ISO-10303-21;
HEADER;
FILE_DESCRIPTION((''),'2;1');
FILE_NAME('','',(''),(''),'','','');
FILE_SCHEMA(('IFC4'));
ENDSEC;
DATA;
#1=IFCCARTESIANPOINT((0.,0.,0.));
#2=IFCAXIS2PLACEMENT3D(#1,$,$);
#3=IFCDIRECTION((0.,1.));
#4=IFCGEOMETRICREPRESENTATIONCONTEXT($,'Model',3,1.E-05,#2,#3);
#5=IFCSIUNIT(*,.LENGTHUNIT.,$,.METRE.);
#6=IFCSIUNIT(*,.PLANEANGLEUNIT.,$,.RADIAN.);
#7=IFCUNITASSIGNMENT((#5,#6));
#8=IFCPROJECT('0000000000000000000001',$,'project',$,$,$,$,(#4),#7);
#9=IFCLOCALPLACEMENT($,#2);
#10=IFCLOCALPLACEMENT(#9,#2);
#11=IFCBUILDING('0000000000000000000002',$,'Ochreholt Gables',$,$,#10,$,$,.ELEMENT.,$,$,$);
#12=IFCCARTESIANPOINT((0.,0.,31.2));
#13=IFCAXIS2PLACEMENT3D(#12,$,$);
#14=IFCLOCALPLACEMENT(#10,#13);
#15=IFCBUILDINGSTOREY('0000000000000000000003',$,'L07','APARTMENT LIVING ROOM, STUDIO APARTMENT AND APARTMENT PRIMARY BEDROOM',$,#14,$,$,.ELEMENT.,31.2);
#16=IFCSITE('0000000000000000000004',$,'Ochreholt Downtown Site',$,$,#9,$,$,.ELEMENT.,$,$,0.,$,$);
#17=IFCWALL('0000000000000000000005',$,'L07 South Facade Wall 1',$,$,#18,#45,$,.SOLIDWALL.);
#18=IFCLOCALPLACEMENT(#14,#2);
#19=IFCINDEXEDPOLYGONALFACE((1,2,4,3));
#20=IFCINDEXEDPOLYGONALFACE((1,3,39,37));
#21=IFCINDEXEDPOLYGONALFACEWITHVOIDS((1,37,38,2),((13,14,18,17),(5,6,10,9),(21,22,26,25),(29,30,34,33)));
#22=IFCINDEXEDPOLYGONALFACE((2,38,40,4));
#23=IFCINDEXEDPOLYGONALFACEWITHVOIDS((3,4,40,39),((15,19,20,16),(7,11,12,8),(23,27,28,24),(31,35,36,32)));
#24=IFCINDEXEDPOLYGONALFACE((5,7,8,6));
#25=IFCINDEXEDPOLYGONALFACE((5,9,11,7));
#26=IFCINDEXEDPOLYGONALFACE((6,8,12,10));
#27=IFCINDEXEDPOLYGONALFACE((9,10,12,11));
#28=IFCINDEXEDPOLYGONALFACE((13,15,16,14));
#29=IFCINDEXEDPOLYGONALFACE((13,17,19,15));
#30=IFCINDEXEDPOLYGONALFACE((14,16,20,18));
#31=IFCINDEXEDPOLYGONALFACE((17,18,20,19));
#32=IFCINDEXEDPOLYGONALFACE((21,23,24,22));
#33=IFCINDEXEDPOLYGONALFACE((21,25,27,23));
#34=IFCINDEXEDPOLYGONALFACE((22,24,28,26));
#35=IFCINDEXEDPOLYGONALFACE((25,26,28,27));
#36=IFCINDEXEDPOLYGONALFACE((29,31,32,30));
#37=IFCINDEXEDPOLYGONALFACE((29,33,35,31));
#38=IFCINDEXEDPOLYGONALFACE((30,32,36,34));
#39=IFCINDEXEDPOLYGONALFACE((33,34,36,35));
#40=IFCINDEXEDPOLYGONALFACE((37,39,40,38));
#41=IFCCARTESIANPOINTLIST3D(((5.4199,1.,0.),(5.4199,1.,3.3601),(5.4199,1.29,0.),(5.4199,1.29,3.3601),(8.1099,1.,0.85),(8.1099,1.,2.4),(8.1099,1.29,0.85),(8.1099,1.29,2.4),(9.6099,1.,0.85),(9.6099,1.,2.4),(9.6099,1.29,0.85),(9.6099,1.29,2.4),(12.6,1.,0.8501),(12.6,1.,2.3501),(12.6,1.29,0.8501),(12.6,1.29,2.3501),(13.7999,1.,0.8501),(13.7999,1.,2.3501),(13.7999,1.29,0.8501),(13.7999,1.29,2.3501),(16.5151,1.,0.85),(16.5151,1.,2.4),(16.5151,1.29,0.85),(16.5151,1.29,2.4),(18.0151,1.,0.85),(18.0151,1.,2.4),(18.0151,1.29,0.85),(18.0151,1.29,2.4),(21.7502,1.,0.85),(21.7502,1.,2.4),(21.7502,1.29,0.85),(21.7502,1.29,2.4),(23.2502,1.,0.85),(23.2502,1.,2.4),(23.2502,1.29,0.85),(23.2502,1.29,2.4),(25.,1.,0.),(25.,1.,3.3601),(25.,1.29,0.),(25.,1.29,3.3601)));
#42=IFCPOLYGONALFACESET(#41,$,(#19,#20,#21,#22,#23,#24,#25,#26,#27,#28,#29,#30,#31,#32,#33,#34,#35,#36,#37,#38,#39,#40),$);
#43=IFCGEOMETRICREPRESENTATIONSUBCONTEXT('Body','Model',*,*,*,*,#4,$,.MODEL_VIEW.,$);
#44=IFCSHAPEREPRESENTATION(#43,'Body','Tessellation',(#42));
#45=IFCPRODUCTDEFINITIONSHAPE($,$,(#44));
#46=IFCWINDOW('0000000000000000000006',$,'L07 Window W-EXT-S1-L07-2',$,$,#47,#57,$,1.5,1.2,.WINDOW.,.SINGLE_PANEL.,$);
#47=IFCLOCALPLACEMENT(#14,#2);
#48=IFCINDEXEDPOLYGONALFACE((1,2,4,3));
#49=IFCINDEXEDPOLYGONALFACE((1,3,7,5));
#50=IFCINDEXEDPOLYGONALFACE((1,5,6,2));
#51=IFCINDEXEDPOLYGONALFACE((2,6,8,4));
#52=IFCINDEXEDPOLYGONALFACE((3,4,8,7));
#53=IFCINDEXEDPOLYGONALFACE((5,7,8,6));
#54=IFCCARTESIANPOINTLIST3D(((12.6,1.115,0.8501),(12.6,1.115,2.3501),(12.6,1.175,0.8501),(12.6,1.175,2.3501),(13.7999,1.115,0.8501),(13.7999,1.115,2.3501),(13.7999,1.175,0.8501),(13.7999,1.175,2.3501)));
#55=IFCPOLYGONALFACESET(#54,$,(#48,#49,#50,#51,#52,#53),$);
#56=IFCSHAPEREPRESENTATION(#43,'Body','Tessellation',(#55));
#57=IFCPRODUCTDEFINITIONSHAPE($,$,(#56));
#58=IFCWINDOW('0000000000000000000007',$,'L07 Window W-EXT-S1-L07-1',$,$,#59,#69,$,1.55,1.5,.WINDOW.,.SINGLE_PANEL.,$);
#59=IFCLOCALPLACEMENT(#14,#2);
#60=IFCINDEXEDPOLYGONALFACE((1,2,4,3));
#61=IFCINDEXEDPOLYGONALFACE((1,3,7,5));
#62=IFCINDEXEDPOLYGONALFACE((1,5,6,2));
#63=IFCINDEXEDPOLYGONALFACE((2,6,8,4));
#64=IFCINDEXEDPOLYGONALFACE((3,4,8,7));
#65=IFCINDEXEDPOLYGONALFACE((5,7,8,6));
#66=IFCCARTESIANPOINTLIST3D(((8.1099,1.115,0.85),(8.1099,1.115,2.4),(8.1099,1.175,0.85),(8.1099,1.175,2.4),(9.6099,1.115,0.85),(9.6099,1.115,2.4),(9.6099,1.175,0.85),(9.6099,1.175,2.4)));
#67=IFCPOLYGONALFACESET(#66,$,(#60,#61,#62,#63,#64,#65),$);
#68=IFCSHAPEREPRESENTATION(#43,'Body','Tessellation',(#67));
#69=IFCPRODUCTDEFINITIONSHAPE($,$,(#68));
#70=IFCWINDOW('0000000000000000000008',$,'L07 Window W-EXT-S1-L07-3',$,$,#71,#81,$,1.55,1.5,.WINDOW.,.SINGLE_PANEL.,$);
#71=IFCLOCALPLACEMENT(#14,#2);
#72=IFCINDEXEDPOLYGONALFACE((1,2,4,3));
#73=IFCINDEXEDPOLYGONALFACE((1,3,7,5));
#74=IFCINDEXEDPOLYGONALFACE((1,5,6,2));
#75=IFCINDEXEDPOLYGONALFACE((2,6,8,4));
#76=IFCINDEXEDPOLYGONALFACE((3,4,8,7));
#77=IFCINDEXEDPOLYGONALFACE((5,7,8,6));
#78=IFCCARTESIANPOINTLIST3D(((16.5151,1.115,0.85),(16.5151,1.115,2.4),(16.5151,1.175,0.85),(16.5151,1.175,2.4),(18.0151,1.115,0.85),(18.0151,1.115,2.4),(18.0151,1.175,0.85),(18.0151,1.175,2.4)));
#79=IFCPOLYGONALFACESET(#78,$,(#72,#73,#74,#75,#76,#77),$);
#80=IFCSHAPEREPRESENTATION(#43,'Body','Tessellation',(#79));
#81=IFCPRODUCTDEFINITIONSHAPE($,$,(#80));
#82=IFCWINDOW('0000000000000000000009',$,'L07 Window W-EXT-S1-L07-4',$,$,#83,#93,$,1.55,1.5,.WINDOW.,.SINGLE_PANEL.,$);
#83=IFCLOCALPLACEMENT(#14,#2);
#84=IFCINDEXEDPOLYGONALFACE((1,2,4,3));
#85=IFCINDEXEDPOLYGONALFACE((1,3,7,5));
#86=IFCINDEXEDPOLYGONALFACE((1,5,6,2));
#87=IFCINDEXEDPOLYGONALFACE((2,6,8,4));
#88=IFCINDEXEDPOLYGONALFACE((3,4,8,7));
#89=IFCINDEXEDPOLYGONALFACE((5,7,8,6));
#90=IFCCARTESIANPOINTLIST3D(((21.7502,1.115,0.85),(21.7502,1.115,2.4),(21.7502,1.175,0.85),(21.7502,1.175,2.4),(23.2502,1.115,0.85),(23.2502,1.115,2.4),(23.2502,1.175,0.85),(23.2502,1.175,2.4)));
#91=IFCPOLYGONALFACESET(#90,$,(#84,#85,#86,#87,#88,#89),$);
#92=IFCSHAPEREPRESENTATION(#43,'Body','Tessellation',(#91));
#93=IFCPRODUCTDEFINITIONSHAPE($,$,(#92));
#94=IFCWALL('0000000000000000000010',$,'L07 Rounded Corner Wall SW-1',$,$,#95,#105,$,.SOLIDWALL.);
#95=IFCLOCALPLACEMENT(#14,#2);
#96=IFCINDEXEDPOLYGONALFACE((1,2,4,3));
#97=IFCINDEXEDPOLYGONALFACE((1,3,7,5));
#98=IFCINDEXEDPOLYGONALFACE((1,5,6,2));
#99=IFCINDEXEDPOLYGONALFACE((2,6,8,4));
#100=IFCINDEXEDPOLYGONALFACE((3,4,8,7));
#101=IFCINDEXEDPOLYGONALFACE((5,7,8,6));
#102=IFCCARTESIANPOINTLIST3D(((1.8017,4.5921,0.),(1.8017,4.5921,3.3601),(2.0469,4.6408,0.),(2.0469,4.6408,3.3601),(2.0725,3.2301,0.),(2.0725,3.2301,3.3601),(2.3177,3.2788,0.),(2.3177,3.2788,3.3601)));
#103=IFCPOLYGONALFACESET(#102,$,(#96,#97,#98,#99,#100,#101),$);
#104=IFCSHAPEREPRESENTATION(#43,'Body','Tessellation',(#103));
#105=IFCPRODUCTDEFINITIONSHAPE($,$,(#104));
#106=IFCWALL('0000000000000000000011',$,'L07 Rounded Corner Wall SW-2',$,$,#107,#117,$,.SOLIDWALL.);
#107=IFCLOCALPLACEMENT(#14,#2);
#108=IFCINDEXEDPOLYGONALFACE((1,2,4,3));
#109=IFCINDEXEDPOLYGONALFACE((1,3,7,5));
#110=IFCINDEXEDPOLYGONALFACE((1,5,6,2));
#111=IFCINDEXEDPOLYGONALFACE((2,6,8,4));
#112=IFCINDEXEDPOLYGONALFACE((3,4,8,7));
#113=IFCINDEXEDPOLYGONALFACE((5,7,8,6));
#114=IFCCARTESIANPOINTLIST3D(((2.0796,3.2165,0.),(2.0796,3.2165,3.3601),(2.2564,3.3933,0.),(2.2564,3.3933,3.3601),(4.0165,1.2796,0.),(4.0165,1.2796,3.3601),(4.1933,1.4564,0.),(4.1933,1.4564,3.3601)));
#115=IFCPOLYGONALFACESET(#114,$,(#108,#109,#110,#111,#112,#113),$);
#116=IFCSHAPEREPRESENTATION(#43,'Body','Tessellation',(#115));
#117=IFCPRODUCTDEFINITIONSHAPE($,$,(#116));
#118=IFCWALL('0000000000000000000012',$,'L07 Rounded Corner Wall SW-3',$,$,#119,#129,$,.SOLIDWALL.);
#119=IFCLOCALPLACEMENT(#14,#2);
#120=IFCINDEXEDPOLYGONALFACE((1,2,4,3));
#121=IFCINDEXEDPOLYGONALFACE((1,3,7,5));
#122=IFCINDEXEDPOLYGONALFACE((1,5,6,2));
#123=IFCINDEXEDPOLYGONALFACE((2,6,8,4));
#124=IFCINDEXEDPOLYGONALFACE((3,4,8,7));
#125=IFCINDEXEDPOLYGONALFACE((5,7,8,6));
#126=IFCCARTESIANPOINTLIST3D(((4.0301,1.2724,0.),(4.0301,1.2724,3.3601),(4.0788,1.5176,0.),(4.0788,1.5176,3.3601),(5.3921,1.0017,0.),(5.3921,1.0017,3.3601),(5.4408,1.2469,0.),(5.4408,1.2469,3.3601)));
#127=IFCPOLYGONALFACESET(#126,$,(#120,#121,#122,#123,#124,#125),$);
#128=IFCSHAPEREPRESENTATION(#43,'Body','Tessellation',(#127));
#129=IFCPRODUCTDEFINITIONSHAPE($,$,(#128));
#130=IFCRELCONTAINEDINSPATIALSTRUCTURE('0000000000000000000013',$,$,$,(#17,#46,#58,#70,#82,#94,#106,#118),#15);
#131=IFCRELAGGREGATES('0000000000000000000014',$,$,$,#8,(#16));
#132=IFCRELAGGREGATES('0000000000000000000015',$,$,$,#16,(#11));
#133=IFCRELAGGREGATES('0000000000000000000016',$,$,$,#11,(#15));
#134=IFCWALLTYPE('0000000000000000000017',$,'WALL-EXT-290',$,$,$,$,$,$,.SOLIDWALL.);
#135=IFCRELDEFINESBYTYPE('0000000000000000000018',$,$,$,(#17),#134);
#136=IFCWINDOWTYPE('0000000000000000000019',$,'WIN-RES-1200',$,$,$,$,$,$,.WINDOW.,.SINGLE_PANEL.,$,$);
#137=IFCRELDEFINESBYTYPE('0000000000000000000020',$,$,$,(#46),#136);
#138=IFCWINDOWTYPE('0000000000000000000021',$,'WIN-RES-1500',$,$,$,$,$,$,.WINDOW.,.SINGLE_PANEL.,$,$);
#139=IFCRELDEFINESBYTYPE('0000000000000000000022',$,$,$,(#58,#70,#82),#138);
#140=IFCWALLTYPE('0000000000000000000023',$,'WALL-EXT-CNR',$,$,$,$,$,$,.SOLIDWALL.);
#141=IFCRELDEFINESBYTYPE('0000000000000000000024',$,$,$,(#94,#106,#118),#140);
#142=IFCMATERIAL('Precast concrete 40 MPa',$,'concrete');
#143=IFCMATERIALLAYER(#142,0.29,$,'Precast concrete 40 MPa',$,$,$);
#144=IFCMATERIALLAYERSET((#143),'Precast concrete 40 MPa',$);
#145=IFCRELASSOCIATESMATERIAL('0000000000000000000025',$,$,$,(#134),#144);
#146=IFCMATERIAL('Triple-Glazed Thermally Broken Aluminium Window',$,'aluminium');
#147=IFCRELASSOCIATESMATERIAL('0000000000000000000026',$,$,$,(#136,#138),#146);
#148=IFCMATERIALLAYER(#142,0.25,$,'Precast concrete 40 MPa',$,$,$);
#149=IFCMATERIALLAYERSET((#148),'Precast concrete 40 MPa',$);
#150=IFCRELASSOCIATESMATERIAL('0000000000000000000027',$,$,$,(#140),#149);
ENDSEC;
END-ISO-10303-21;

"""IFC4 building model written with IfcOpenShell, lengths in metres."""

from ifc_helpers import new_model, si_unit, direction, frame, frame_2d, origin, place, context, subcontext, project, spatial, rectangle, extrude, material, layer, layer_set, type_object, element, fill, save


model = new_model("IFC4")

# Units and contexts
model_context = context("Model", 3, precision=1e-05, world=origin(), true_north=direction((0.0, 1.0)))
body_context = subcontext(model_context, "Body", "Model", "MODEL_VIEW")
ifc_project = project(units=[si_unit("LENGTHUNIT", "METRE"), si_unit("PLANEANGLEUNIT", "RADIAN")], contexts=[model_context])

# Site, building, storey
site_placement = place(None, origin())
site = spatial("IfcSite", under=ifc_project, at=site_placement, Name="Ochreholt Downtown Site", CompositionType="ELEMENT", RefElevation=0.0)
building_placement = place(site_placement, origin())
building = spatial("IfcBuilding", under=site, at=building_placement, Name="Ochreholt Gables", CompositionType="ELEMENT")
storey_placement = place(building_placement, frame((0.0, 0.0, 31.2)))
storey = spatial("IfcBuildingStorey", under=building, at=storey_placement, Name="L07", Description="APARTMENT LIVING ROOM, STUDIO APARTMENT AND APARTMENT PRIMARY BEDROOM", CompositionType="ELEMENT", Elevation=31.2)

# Wall, openings, windows
ifc_material_1 = material(Name="Precast concrete 40 MPa", Category="concrete")
ifc_layer_1 = layer(ifc_material_1, 0.29, Name="Precast concrete 40 MPa")
ifc_layer_set_1 = layer_set([ifc_layer_1], Name="Precast concrete 40 MPa")
wall_type_1 = type_object("IfcWallType", Name="WALL-EXT-290", PredefinedType="SOLIDWALL", material=ifc_layer_set_1)
wall_1_placement = place(storey_placement, frame((5.4199, 1.145, 0.0), z_axis=(0.0, 0.0, 1.0), x_axis=(1.0, 0.0, 0.0)))
wall_1 = element("IfcWall", 1, at=wall_1_placement, inside=storey, type_object=wall_type_1, Name="L07 South Facade Wall 1", PredefinedType="SOLIDWALL", context=body_context, shape_type="SweptSolid", body=[
    extrude(rectangle(XDim=19.5801, YDim=0.29, at=frame_2d((9.79, 0.0))), origin(), (0.0, 0.0, 1.0), 3.3601),
])
opening_1_placement = place(wall_1_placement, frame((2.6899, 0.0, 0.8501)))
opening_1 = element("IfcOpeningElement", 2, at=opening_1_placement, cuts=wall_1, PredefinedType="OPENING", context=body_context, shape_type="SweptSolid", body=[
    extrude(rectangle(XDim=1.5, YDim=1.55, at=frame_2d((0.75, 0.7749))), frame((0.0, 0.155, 0.0), z_axis=(0.0, -1.0, 0.0), x_axis=(1.0, 0.0, 0.0)), (0.0, 0.0, 1.0), 0.3101),
])
opening_2_placement = place(wall_1_placement, frame((7.1799, 0.0, 0.8501)))
opening_2 = element("IfcOpeningElement", 3, at=opening_2_placement, cuts=wall_1, PredefinedType="OPENING", context=body_context, shape_type="SweptSolid", body=[
    extrude(rectangle(XDim=1.2, YDim=1.5, at=frame_2d((0.6001, 0.75))), frame((0.0, 0.155, 0.0), z_axis=(0.0, -1.0, 0.0), x_axis=(1.0, 0.0, 0.0)), (0.0, 0.0, 1.0), 0.3101),
])
opening_3_placement = place(wall_1_placement, frame((11.0952, 0.0, 0.8501)))
opening_3 = element("IfcOpeningElement", 4, at=opening_3_placement, cuts=wall_1, PredefinedType="OPENING", context=body_context, shape_type="SweptSolid", body=[
    extrude(rectangle(XDim=1.5, YDim=1.55, at=frame_2d((0.75, 0.7749))), frame((0.0, 0.155, 0.0), z_axis=(0.0, -1.0, 0.0), x_axis=(1.0, 0.0, 0.0)), (0.0, 0.0, 1.0), 0.3101),
])
opening_4_placement = place(wall_1_placement, frame((16.3303, 0.0, 0.8501)))
opening_4 = element("IfcOpeningElement", 5, at=opening_4_placement, cuts=wall_1, PredefinedType="OPENING", context=body_context, shape_type="SweptSolid", body=[
    extrude(rectangle(XDim=1.5, YDim=1.55, at=frame_2d((0.75, 0.7749))), frame((0.0, 0.155, 0.0), z_axis=(0.0, -1.0, 0.0), x_axis=(1.0, 0.0, 0.0)), (0.0, 0.0, 1.0), 0.3101),
])
ifc_material_2 = material(Name="Triple-Glazed Thermally Broken Aluminium Window", Category="aluminium")
window_type_1 = type_object("IfcWindowType", Name="WIN-RES-1200", PartitioningType="SINGLE_PANEL", PredefinedType="WINDOW", material=ifc_material_2)
window_1_placement = place(opening_2_placement, origin())
window_1 = element("IfcWindow", 6, at=window_1_placement, inside=storey, type_object=window_type_1, Name="L07 Window W-EXT-S1-L07-2", OverallHeight=1.5, OverallWidth=1.2, PartitioningType="SINGLE_PANEL", PredefinedType="WINDOW", context=body_context, shape_type="SweptSolid", body=[
    extrude(rectangle(XDim=1.2, YDim=1.5, at=frame_2d((0.6001, 0.75))), frame((0.0, 0.03, 0.0), z_axis=(0.0, -1.0, 0.0), x_axis=(1.0, 0.0, 0.0)), (0.0, 0.0, 1.0), 0.0601),
])
fill(opening_2, window_1)
window_type_2 = type_object("IfcWindowType", Name="WIN-RES-1500", PartitioningType="SINGLE_PANEL", PredefinedType="WINDOW", material=ifc_material_2)
window_2_placement = place(opening_1_placement, origin())
window_2 = element("IfcWindow", 7, at=window_2_placement, inside=storey, type_object=window_type_2, Name="L07 Window W-EXT-S1-L07-1", OverallHeight=1.55, OverallWidth=1.5, PartitioningType="SINGLE_PANEL", PredefinedType="WINDOW", context=body_context, shape_type="SweptSolid", body=[
    extrude(rectangle(XDim=1.5, YDim=1.55, at=frame_2d((0.75, 0.7749))), frame((0.0, 0.03, 0.0), z_axis=(0.0, -1.0, 0.0), x_axis=(1.0, 0.0, 0.0)), (0.0, 0.0, 1.0), 0.0601),
])
fill(opening_1, window_2)
window_3_placement = place(opening_3_placement, origin())
window_3 = element("IfcWindow", 8, at=window_3_placement, inside=storey, type_object=window_type_2, Name="L07 Window W-EXT-S1-L07-3", OverallHeight=1.55, OverallWidth=1.5, PartitioningType="SINGLE_PANEL", PredefinedType="WINDOW", context=body_context, shape_type="SweptSolid", body=[
    extrude(rectangle(XDim=1.5, YDim=1.55, at=frame_2d((0.75, 0.7749))), frame((0.0, 0.03, 0.0), z_axis=(0.0, -1.0, 0.0), x_axis=(1.0, 0.0, 0.0)), (0.0, 0.0, 1.0), 0.0601),
])
fill(opening_3, window_3)
window_4_placement = place(opening_4_placement, origin())
window_4 = element("IfcWindow", 9, at=window_4_placement, inside=storey, type_object=window_type_2, Name="L07 Window W-EXT-S1-L07-4", OverallHeight=1.55, OverallWidth=1.5, PartitioningType="SINGLE_PANEL", PredefinedType="WINDOW", context=body_context, shape_type="SweptSolid", body=[
    extrude(rectangle(XDim=1.5, YDim=1.55, at=frame_2d((0.75, 0.7749))), frame((0.0, 0.03, 0.0), z_axis=(0.0, -1.0, 0.0), x_axis=(1.0, 0.0, 0.0)), (0.0, 0.0, 1.0), 0.0601),
])
fill(opening_4, window_4)

# Walls
ifc_layer_2 = layer(ifc_material_1, 0.25, Name="Precast concrete 40 MPa")
ifc_layer_set_2 = layer_set([ifc_layer_2], Name="Precast concrete 40 MPa")
wall_type_2 = type_object("IfcWallType", Name="WALL-EXT-CNR", PredefinedType="SOLIDWALL", material=ifc_layer_set_2)
wall_2_placement = place(storey_placement, frame((1.9243, 4.6165, 0.0), z_axis=(0.0, 0.0, 1.0), x_axis=(0.194967, -0.98081, 0.0)))
element("IfcWall", 10, at=wall_2_placement, inside=storey, type_object=wall_type_2, Name="L07 Rounded Corner Wall SW-1", PredefinedType="SOLIDWALL", context=body_context, shape_type="SweptSolid", body=[
    extrude(rectangle(XDim=1.3887, YDim=0.25, at=frame_2d((0.6943, 0.0))), origin(), (0.0, 0.0, 1.0), 3.3601),
])
wall_3_placement = place(storey_placement, frame((2.168, 3.3049, 0.0), z_axis=(0.0, 0.0, 1.0), x_axis=(0.707107, -0.707107, 0.0)))
element("IfcWall", 11, at=wall_3_placement, inside=storey, type_object=wall_type_2, Name="L07 Rounded Corner Wall SW-2", PredefinedType="SOLIDWALL", context=body_context, shape_type="SweptSolid", body=[
    extrude(rectangle(XDim=2.7393, YDim=0.25, at=frame_2d((1.3696, 0.0))), origin(), (0.0, 0.0, 1.0), 3.3601),
])
wall_4_placement = place(storey_placement, frame((4.0544, 1.395, 0.0), z_axis=(0.0, 0.0, 1.0), x_axis=(0.98081, -0.194967, 0.0)))
element("IfcWall", 12, at=wall_4_placement, inside=storey, type_object=wall_type_2, Name="L07 Rounded Corner Wall SW-3", PredefinedType="SOLIDWALL", context=body_context, shape_type="SweptSolid", body=[
    extrude(rectangle(XDim=1.3887, YDim=0.25, at=frame_2d((0.6943, 0.0))), origin(), (0.0, 0.0, 1.0), 3.3601),
])

save(model, "model.ifc")
